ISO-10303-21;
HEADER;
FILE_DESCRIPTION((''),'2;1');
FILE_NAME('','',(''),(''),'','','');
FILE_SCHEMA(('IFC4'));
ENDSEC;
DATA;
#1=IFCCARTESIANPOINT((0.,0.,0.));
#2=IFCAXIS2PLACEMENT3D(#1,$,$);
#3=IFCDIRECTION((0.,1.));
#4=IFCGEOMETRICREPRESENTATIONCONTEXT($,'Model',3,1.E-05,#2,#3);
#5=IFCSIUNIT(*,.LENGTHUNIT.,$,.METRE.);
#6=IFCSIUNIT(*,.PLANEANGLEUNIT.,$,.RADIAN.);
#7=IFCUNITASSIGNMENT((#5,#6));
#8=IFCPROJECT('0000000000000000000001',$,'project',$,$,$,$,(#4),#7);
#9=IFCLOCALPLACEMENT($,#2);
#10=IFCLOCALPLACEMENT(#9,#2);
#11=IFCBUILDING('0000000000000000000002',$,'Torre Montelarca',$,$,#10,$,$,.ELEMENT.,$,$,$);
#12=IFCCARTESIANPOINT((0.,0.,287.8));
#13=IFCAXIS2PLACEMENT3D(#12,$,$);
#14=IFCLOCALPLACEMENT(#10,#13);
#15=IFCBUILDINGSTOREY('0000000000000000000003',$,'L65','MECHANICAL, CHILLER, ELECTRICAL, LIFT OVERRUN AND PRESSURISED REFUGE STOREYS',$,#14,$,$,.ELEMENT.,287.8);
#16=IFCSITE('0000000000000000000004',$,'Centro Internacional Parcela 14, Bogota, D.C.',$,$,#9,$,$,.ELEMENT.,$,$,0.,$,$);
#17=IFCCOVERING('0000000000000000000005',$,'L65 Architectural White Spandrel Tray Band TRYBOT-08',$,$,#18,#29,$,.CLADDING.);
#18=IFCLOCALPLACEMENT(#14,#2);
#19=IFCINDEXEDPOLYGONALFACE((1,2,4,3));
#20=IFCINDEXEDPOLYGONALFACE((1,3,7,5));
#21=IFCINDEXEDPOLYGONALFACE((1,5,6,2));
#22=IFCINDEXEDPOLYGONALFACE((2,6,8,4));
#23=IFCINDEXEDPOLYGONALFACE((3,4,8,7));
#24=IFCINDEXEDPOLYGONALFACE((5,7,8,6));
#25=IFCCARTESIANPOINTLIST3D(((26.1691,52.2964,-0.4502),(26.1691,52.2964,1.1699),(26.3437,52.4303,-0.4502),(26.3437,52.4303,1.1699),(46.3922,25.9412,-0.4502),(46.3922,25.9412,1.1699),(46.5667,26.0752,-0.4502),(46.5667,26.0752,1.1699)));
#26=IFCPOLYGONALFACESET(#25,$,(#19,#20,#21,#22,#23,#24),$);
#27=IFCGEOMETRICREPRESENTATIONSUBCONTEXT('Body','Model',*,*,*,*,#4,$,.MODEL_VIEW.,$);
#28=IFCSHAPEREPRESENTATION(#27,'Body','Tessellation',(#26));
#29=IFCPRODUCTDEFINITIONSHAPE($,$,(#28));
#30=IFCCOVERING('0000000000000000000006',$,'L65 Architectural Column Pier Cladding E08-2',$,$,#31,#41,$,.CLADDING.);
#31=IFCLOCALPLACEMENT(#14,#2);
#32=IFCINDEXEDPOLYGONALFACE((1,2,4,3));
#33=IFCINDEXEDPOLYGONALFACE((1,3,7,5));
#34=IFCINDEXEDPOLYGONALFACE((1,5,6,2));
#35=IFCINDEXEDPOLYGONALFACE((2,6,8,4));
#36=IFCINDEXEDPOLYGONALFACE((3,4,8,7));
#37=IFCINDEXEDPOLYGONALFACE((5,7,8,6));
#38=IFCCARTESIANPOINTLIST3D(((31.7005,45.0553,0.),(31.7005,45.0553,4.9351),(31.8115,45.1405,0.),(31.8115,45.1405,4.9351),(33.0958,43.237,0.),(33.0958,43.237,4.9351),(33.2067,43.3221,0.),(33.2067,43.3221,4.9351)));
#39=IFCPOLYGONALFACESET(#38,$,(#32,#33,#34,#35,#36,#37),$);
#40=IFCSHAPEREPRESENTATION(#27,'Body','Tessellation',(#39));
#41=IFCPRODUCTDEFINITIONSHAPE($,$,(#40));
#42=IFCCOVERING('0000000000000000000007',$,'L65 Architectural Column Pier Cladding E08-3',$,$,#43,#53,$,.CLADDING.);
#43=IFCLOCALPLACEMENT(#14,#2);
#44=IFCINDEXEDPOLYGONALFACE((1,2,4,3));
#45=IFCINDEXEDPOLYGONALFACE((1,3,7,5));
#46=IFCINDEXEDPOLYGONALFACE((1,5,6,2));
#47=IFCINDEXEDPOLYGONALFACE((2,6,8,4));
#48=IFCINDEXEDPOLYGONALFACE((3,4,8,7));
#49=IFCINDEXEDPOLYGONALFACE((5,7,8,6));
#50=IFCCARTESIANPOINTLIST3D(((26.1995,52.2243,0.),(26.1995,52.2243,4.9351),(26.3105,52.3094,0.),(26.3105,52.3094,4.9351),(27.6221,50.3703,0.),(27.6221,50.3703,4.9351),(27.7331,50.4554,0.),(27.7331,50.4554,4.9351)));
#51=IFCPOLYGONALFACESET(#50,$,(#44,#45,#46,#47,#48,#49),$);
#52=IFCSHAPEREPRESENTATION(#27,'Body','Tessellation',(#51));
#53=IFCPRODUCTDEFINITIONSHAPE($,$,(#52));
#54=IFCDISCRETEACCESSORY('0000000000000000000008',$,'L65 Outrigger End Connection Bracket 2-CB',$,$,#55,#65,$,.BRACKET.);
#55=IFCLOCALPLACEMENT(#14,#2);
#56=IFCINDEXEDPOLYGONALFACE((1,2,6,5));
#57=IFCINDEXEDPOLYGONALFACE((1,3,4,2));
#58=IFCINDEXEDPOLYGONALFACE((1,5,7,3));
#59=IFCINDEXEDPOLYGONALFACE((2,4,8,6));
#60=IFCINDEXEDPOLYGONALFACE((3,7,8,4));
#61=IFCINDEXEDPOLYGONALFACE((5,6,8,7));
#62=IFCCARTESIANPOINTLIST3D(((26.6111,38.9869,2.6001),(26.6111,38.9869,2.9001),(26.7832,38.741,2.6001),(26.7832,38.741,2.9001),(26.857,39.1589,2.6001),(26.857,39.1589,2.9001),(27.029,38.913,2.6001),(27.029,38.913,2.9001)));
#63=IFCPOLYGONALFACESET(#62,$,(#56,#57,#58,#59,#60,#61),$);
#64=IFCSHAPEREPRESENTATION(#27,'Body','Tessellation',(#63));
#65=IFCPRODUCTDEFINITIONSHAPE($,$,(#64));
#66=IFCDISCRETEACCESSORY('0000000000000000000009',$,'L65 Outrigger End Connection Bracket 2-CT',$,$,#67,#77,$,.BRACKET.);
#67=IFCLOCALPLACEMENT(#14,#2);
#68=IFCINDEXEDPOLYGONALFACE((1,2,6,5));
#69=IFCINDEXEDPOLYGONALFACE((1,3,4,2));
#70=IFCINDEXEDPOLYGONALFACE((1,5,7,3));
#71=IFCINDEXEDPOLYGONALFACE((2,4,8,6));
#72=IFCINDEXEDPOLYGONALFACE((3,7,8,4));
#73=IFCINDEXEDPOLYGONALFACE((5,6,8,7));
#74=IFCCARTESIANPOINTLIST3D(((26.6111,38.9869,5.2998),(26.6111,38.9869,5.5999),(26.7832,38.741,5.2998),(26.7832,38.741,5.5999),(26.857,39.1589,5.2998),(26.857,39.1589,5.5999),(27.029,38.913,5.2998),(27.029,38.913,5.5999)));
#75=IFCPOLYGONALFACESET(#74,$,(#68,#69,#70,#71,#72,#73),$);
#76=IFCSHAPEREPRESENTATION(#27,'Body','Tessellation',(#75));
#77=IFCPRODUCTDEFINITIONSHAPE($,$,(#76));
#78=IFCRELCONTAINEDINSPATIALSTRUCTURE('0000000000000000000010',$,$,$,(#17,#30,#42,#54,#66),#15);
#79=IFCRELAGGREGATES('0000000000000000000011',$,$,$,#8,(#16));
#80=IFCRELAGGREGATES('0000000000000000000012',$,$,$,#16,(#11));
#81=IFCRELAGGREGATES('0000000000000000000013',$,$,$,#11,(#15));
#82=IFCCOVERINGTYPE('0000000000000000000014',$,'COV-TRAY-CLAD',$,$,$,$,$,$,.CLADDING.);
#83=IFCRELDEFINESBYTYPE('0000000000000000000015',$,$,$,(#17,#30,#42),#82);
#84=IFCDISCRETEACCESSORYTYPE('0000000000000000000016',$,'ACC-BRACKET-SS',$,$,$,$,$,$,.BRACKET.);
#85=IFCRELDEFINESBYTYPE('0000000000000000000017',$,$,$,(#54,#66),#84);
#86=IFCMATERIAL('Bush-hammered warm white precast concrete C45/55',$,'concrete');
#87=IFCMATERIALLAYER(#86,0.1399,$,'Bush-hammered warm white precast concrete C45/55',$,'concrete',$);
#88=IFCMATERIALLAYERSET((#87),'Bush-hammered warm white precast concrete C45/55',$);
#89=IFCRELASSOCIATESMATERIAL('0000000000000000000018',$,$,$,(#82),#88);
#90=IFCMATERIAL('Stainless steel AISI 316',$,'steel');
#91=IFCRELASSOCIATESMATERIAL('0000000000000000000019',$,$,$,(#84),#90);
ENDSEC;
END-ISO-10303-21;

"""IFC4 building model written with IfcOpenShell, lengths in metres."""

from ifc_helpers import new_model, si_unit, direction, frame, origin, origin_2d, place, context, subcontext, project, spatial, rectangle, extrude, source, transform, mapped, material, layer, layer_set, type_object, element, save


model = new_model("IFC4")

# Units and contexts
model_context = context("Model", 3, precision=1e-05, world=origin(), true_north=direction((0.0, 1.0)))
body_context = subcontext(model_context, "Body", "Model", "MODEL_VIEW")
ifc_project = project(units=[si_unit("LENGTHUNIT", "METRE"), si_unit("PLANEANGLEUNIT", "RADIAN")], contexts=[model_context])

# Site, building, storey
site_placement = place(None, origin())
site = spatial("IfcSite", under=ifc_project, at=site_placement, Name="Centro Internacional Parcela 14, Bogota, D.C.", CompositionType="ELEMENT", RefElevation=0.0)
building_placement = place(site_placement, origin())
building = spatial("IfcBuilding", under=site, at=building_placement, Name="Torre Montelarca", CompositionType="ELEMENT")
storey_placement = place(building_placement, frame((0.0, 0.0, 287.8)))
storey = spatial("IfcBuildingStorey", under=building, at=storey_placement, Name="L65", Description="MECHANICAL, CHILLER, ELECTRICAL, LIFT OVERRUN AND PRESSURISED REFUGE STOREYS", CompositionType="ELEMENT", Elevation=287.8)

# Coverings
ifc_material_1 = material(Name="Bush-hammered warm white precast concrete C45/55", Category="concrete")
ifc_layer_1 = layer(ifc_material_1, 0.1399, Name="Bush-hammered warm white precast concrete C45/55", Category="concrete")
ifc_layer_set_1 = layer_set([ifc_layer_1], Name="Bush-hammered warm white precast concrete C45/55")
covering_type = type_object("IfcCoveringType", Name="COV-TRAY-CLAD", PredefinedType="CLADDING", material=ifc_layer_set_1)
shared_shape_1 = source(origin(), body_context, "Body", "SweptSolid", [
    extrude(rectangle(XDim=33.22, YDim=0.22, at=origin_2d()), origin(), (0.0, 0.0, 1.0), 1.6201),
])
covering_1_placement = place(storey_placement, frame((36.3679, 39.1858, -0.4502), z_axis=(0.0, 0.0, 1.0), x_axis=(-0.608761, 0.793353, 0.0)))
element("IfcCovering", 1, at=covering_1_placement, inside=storey, type_object=covering_type, Name="L65 Architectural White Spandrel Tray Band TRYBOT-08", PredefinedType="CLADDING", context=body_context, shape_type="MappedRepresentation", body=[
    mapped(shared_shape_1, transform((0.0, 0.0, 0.0), scale=1.0)),
])
shared_shape_2 = source(origin(), body_context, "Body", "SweptSolid", [
    extrude(rectangle(XDim=2.292, YDim=0.1399, at=origin_2d()), origin(), (0.0, 0.0, 1.0), 4.9351),
])
covering_2_placement = place(storey_placement, frame((32.4536, 44.1887, 0.0), z_axis=(0.0, 0.0, 1.0), x_axis=(-0.608763, 0.793352, 0.0)))
element("IfcCovering", 2, at=covering_2_placement, inside=storey, type_object=covering_type, Name="L65 Architectural Column Pier Cladding E08-2", PredefinedType="CLADDING", context=body_context, shape_type="MappedRepresentation", body=[
    mapped(shared_shape_2, transform((0.0, 0.0, 0.0), scale=1.0)),
])
shared_shape_3 = source(origin(), body_context, "Body", "SweptSolid", [
    extrude(rectangle(XDim=2.3369, YDim=0.1399, at=origin_2d()), origin(), (0.0, 0.0, 1.0), 4.9351),
])
covering_3_placement = place(storey_placement, frame((26.9663, 51.3398, 0.0), z_axis=(0.0, 0.0, 1.0), x_axis=(-0.608763, 0.793352, 0.0)))
element("IfcCovering", 3, at=covering_3_placement, inside=storey, type_object=covering_type, Name="L65 Architectural Column Pier Cladding E08-3", PredefinedType="CLADDING", context=body_context, shape_type="MappedRepresentation", body=[
    mapped(shared_shape_3, transform((0.0, 0.0, 0.0), scale=1.0)),
])

# Discrete accessories
ifc_material_2 = material(Name="Stainless steel AISI 316", Category="steel")
discrete_accessory_type = type_object("IfcDiscreteAccessoryType", Name="ACC-BRACKET-SS", PredefinedType="BRACKET", material=ifc_material_2)
shared_shape_4 = source(origin(), body_context, "Body", "SweptSolid", [
    extrude(rectangle(XDim=0.3, YDim=0.3, at=origin_2d()), origin(), (0.0, 0.0, 1.0), 0.3),
])
for number, where, z_axis, x_axis, name in (
    (4, (26.8201, 38.95, 2.6001), (0.0, 0.0, 1.0), (-0.57329, 0.819352, 0.0), "L65 Outrigger End Connection Bracket 2-CB"),
    (5, (26.8201, 38.95, 5.2998), (0.0, 0.0, 1.0), (-0.57329, 0.819352, 0.0), "L65 Outrigger End Connection Bracket 2-CT"),
):
    element("IfcDiscreteAccessory", number, at=place(storey_placement, frame(where, z_axis=z_axis, x_axis=x_axis)), inside=storey, type_object=discrete_accessory_type, Name=name, PredefinedType="BRACKET", context=body_context, shape_type="MappedRepresentation", body=[
        mapped(shared_shape_4, transform((0.0, 0.0, 0.0), scale=1.0)),
    ])

save(model, "model.ifc")
